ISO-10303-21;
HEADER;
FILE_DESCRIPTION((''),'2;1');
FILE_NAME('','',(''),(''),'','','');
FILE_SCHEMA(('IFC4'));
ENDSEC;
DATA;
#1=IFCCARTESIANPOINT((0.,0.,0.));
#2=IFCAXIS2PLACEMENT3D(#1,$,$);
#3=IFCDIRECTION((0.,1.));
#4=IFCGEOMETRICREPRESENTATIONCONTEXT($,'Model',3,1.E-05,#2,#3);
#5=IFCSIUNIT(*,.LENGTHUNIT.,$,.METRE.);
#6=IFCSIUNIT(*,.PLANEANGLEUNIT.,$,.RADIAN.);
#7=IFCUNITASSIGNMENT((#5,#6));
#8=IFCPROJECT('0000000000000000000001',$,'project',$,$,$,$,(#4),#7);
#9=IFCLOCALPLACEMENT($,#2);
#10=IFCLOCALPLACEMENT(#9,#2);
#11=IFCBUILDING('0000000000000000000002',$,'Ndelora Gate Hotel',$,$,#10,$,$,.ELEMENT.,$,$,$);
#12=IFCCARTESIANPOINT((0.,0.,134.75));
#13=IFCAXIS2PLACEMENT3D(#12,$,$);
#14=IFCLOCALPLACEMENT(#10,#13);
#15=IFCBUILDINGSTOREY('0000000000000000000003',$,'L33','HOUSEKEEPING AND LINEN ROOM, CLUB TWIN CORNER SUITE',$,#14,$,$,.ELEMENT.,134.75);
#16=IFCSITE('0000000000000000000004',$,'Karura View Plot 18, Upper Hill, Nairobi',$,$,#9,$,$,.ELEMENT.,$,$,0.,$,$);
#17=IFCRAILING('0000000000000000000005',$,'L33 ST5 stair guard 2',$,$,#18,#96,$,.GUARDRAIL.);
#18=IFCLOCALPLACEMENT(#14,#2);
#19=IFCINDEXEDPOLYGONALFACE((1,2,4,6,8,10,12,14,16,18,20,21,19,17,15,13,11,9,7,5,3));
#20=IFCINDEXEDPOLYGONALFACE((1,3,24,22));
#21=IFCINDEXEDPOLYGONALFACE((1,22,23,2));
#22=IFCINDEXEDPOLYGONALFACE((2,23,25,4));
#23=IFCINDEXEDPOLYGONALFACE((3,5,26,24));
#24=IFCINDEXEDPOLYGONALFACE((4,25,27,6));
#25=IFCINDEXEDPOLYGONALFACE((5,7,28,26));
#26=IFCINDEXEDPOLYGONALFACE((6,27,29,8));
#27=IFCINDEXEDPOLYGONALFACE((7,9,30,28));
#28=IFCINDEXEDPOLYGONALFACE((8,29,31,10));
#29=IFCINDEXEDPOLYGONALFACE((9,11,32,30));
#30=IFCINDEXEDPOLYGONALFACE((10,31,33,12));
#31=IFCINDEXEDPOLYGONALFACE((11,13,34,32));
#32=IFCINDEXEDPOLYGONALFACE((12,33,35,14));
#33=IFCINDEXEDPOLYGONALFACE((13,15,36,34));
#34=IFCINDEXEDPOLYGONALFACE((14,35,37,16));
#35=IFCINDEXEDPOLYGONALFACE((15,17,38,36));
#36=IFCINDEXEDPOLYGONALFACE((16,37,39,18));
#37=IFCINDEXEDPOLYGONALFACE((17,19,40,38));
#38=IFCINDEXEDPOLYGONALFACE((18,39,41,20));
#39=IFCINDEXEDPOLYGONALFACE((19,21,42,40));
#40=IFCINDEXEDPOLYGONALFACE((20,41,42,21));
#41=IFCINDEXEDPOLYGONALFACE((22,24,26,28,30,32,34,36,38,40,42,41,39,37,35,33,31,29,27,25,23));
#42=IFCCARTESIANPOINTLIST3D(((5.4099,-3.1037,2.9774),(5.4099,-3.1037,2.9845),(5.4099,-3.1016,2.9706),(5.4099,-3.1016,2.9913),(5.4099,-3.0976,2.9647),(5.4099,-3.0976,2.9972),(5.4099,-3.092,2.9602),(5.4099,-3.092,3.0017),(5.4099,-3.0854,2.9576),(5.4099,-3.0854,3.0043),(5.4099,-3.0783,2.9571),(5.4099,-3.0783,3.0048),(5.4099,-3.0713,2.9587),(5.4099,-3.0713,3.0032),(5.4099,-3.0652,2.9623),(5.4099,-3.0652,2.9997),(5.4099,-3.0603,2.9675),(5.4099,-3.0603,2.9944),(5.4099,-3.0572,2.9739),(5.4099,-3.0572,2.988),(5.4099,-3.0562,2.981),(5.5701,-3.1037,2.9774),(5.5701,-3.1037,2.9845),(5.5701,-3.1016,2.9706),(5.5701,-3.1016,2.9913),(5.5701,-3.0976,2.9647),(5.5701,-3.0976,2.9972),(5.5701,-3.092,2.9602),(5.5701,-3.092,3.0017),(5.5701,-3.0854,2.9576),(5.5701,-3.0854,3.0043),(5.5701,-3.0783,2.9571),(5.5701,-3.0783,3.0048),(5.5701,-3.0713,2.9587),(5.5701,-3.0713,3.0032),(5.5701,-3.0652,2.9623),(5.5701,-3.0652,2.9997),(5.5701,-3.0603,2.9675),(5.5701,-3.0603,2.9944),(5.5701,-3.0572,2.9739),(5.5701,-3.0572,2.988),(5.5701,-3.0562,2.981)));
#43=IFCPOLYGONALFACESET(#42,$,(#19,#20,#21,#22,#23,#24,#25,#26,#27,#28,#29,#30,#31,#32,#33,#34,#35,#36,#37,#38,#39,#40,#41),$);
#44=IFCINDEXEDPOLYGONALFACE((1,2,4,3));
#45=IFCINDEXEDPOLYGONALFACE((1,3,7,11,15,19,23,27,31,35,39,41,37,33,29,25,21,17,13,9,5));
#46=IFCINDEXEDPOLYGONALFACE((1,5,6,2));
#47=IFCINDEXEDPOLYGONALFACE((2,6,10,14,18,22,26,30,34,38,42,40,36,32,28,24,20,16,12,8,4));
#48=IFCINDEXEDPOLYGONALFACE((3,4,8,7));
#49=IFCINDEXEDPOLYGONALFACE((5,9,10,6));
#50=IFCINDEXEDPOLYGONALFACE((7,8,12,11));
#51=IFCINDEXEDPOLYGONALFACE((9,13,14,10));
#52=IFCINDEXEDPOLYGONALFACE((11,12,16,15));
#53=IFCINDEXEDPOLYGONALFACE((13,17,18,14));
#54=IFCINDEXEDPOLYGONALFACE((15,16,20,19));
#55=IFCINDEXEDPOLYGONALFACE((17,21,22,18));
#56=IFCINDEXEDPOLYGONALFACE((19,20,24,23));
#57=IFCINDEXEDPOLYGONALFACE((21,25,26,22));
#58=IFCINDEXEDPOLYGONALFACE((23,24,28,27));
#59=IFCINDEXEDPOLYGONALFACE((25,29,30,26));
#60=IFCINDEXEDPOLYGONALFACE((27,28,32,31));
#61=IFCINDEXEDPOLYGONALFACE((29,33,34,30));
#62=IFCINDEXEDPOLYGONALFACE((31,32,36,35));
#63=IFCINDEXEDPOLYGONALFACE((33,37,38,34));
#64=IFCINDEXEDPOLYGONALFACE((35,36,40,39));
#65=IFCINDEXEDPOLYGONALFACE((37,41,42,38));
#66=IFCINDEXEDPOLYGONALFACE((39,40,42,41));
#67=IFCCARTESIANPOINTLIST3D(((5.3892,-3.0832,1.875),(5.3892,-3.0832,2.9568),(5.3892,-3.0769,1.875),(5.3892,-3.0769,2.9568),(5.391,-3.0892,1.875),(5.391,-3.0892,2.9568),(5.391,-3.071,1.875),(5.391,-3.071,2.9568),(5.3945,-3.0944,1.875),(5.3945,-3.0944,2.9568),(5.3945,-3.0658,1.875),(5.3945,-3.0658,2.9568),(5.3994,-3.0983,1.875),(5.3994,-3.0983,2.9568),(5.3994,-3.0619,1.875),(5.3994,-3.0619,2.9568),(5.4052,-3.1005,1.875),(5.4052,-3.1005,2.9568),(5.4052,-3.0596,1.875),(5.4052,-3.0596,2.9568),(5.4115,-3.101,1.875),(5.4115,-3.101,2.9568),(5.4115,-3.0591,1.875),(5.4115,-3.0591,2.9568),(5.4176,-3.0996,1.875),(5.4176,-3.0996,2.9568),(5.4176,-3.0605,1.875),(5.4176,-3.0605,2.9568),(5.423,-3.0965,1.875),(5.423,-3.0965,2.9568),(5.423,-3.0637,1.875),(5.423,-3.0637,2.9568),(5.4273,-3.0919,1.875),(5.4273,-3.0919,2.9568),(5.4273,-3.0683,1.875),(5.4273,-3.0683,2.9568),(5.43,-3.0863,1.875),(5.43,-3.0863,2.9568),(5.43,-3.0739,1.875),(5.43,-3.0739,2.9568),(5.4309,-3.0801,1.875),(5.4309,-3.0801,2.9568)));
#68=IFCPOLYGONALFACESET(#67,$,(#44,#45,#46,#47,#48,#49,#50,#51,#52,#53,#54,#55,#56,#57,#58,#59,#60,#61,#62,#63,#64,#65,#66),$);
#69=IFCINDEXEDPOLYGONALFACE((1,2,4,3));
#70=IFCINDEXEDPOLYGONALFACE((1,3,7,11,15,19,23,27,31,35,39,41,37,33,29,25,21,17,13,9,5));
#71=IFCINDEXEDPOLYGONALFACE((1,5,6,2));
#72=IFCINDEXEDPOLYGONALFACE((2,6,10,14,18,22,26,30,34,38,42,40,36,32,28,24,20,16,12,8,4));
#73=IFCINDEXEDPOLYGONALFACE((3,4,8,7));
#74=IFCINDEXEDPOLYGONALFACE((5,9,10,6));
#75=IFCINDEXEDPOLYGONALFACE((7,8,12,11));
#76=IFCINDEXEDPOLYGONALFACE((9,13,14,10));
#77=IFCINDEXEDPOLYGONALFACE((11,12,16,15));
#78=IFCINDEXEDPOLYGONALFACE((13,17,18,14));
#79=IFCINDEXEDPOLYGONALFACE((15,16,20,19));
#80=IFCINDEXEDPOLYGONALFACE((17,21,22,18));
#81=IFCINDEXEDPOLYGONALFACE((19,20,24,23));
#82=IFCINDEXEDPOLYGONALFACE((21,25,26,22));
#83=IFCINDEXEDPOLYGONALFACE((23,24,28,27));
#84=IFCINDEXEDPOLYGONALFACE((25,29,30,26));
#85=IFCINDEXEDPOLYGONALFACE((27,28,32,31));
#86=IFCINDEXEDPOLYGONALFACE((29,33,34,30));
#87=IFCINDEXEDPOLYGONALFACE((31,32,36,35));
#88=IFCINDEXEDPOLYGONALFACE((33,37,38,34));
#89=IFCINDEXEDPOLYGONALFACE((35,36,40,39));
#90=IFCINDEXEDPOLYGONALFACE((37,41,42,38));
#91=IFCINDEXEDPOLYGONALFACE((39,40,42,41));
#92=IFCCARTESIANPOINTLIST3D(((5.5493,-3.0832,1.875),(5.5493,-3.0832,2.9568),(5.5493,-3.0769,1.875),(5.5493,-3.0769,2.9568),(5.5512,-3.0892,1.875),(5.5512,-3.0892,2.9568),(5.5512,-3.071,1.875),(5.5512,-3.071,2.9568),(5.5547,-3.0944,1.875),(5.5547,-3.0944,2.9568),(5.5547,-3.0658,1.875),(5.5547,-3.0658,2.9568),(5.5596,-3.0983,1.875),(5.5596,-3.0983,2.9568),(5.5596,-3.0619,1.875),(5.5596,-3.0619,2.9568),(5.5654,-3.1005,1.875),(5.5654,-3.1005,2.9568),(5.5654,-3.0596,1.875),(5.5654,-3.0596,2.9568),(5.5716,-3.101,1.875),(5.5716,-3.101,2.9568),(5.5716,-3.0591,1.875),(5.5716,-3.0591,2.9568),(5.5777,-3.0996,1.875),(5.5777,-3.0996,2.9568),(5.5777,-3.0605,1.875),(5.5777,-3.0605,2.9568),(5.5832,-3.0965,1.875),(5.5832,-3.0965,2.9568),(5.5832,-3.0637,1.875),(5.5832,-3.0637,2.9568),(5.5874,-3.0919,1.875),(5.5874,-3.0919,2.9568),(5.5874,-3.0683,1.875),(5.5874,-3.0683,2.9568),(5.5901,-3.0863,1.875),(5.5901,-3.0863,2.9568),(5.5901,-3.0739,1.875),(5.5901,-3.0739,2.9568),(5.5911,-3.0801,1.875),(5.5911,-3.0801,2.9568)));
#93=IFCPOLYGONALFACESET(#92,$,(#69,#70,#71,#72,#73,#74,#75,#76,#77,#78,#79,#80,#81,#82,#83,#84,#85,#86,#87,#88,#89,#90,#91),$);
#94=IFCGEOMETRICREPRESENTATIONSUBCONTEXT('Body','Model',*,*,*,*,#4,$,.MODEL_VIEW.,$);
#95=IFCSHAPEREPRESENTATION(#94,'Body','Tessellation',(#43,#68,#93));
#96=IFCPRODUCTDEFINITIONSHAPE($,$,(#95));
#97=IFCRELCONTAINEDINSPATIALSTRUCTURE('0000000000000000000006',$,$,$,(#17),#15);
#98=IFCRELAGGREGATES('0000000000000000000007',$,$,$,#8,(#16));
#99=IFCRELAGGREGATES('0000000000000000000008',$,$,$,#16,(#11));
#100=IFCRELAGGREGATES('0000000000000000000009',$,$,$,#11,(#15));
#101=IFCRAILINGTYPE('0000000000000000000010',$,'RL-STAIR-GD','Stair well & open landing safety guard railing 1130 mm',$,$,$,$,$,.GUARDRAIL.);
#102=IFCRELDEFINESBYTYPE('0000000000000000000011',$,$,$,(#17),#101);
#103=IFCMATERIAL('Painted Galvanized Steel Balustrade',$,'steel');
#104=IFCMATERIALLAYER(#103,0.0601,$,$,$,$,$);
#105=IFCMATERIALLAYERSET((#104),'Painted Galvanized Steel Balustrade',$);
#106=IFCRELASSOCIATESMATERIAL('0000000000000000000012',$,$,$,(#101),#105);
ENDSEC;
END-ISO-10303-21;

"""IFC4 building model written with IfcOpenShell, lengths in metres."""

from ifc_helpers import new_model, si_unit, direction, frame, origin, origin_2d, place, context, subcontext, project, spatial, circle, extrude, material, layer, layer_set, type_object, element, save


model = new_model("IFC4")

# Units and contexts
model_context = context("Model", 3, precision=1e-05, world=origin(), true_north=direction((0.0, 1.0)))
body_context = subcontext(model_context, "Body", "Model", "MODEL_VIEW")
ifc_project = project(units=[si_unit("LENGTHUNIT", "METRE"), si_unit("PLANEANGLEUNIT", "RADIAN")], contexts=[model_context])

# Site, building, storey
site_placement = place(None, origin())
site = spatial("IfcSite", under=ifc_project, at=site_placement, Name="Karura View Plot 18, Upper Hill, Nairobi", CompositionType="ELEMENT", RefElevation=0.0)
building_placement = place(site_placement, origin())
building = spatial("IfcBuilding", under=site, at=building_placement, Name="Ndelora Gate Hotel", CompositionType="ELEMENT")
storey_placement = place(building_placement, frame((0.0, 0.0, 134.75)))
storey = spatial("IfcBuildingStorey", under=building, at=storey_placement, Name="L33", Description="HOUSEKEEPING AND LINEN ROOM, CLUB TWIN CORNER SUITE", CompositionType="ELEMENT", Elevation=134.75)

# Railing
ifc_material_1 = material(Name="Painted Galvanized Steel Balustrade", Category="steel")
ifc_layer_1 = layer(ifc_material_1, 0.0601)
ifc_layer_set_1 = layer_set([ifc_layer_1], Name="Painted Galvanized Steel Balustrade")
railing_type_1 = type_object("IfcRailingType", Name="RL-STAIR-GD", Description="Stair well & open landing safety guard railing 1130 mm", PredefinedType="GUARDRAIL", material=ifc_layer_set_1)
railing_1_placement = place(storey_placement, frame((5.4099, -3.0801, 1.875)))
element("IfcRailing", 1, at=railing_1_placement, inside=storey, type_object=railing_type_1, Name="L33 ST5 stair guard 2", PredefinedType="GUARDRAIL", context=body_context, shape_type="SweptSolid", body=[
    extrude(circle(Radius=0.0239, at=origin_2d()), frame((0.0, 0.0, 1.106), z_axis=(1.0, 0.0, 0.0), x_axis=(0.0, 1.0, 0.0)), (0.0, 0.0, 1.0), 0.1602),
    extrude(circle(Radius=0.021, at=origin_2d()), origin(), (0.0, 0.0, 1.0), 1.0818),
    extrude(circle(Radius=0.021, at=origin_2d()), frame((0.1602, 0.0, 0.0)), (0.0, 0.0, 1.0), 1.0818),
])

save(model, "model.ifc")
